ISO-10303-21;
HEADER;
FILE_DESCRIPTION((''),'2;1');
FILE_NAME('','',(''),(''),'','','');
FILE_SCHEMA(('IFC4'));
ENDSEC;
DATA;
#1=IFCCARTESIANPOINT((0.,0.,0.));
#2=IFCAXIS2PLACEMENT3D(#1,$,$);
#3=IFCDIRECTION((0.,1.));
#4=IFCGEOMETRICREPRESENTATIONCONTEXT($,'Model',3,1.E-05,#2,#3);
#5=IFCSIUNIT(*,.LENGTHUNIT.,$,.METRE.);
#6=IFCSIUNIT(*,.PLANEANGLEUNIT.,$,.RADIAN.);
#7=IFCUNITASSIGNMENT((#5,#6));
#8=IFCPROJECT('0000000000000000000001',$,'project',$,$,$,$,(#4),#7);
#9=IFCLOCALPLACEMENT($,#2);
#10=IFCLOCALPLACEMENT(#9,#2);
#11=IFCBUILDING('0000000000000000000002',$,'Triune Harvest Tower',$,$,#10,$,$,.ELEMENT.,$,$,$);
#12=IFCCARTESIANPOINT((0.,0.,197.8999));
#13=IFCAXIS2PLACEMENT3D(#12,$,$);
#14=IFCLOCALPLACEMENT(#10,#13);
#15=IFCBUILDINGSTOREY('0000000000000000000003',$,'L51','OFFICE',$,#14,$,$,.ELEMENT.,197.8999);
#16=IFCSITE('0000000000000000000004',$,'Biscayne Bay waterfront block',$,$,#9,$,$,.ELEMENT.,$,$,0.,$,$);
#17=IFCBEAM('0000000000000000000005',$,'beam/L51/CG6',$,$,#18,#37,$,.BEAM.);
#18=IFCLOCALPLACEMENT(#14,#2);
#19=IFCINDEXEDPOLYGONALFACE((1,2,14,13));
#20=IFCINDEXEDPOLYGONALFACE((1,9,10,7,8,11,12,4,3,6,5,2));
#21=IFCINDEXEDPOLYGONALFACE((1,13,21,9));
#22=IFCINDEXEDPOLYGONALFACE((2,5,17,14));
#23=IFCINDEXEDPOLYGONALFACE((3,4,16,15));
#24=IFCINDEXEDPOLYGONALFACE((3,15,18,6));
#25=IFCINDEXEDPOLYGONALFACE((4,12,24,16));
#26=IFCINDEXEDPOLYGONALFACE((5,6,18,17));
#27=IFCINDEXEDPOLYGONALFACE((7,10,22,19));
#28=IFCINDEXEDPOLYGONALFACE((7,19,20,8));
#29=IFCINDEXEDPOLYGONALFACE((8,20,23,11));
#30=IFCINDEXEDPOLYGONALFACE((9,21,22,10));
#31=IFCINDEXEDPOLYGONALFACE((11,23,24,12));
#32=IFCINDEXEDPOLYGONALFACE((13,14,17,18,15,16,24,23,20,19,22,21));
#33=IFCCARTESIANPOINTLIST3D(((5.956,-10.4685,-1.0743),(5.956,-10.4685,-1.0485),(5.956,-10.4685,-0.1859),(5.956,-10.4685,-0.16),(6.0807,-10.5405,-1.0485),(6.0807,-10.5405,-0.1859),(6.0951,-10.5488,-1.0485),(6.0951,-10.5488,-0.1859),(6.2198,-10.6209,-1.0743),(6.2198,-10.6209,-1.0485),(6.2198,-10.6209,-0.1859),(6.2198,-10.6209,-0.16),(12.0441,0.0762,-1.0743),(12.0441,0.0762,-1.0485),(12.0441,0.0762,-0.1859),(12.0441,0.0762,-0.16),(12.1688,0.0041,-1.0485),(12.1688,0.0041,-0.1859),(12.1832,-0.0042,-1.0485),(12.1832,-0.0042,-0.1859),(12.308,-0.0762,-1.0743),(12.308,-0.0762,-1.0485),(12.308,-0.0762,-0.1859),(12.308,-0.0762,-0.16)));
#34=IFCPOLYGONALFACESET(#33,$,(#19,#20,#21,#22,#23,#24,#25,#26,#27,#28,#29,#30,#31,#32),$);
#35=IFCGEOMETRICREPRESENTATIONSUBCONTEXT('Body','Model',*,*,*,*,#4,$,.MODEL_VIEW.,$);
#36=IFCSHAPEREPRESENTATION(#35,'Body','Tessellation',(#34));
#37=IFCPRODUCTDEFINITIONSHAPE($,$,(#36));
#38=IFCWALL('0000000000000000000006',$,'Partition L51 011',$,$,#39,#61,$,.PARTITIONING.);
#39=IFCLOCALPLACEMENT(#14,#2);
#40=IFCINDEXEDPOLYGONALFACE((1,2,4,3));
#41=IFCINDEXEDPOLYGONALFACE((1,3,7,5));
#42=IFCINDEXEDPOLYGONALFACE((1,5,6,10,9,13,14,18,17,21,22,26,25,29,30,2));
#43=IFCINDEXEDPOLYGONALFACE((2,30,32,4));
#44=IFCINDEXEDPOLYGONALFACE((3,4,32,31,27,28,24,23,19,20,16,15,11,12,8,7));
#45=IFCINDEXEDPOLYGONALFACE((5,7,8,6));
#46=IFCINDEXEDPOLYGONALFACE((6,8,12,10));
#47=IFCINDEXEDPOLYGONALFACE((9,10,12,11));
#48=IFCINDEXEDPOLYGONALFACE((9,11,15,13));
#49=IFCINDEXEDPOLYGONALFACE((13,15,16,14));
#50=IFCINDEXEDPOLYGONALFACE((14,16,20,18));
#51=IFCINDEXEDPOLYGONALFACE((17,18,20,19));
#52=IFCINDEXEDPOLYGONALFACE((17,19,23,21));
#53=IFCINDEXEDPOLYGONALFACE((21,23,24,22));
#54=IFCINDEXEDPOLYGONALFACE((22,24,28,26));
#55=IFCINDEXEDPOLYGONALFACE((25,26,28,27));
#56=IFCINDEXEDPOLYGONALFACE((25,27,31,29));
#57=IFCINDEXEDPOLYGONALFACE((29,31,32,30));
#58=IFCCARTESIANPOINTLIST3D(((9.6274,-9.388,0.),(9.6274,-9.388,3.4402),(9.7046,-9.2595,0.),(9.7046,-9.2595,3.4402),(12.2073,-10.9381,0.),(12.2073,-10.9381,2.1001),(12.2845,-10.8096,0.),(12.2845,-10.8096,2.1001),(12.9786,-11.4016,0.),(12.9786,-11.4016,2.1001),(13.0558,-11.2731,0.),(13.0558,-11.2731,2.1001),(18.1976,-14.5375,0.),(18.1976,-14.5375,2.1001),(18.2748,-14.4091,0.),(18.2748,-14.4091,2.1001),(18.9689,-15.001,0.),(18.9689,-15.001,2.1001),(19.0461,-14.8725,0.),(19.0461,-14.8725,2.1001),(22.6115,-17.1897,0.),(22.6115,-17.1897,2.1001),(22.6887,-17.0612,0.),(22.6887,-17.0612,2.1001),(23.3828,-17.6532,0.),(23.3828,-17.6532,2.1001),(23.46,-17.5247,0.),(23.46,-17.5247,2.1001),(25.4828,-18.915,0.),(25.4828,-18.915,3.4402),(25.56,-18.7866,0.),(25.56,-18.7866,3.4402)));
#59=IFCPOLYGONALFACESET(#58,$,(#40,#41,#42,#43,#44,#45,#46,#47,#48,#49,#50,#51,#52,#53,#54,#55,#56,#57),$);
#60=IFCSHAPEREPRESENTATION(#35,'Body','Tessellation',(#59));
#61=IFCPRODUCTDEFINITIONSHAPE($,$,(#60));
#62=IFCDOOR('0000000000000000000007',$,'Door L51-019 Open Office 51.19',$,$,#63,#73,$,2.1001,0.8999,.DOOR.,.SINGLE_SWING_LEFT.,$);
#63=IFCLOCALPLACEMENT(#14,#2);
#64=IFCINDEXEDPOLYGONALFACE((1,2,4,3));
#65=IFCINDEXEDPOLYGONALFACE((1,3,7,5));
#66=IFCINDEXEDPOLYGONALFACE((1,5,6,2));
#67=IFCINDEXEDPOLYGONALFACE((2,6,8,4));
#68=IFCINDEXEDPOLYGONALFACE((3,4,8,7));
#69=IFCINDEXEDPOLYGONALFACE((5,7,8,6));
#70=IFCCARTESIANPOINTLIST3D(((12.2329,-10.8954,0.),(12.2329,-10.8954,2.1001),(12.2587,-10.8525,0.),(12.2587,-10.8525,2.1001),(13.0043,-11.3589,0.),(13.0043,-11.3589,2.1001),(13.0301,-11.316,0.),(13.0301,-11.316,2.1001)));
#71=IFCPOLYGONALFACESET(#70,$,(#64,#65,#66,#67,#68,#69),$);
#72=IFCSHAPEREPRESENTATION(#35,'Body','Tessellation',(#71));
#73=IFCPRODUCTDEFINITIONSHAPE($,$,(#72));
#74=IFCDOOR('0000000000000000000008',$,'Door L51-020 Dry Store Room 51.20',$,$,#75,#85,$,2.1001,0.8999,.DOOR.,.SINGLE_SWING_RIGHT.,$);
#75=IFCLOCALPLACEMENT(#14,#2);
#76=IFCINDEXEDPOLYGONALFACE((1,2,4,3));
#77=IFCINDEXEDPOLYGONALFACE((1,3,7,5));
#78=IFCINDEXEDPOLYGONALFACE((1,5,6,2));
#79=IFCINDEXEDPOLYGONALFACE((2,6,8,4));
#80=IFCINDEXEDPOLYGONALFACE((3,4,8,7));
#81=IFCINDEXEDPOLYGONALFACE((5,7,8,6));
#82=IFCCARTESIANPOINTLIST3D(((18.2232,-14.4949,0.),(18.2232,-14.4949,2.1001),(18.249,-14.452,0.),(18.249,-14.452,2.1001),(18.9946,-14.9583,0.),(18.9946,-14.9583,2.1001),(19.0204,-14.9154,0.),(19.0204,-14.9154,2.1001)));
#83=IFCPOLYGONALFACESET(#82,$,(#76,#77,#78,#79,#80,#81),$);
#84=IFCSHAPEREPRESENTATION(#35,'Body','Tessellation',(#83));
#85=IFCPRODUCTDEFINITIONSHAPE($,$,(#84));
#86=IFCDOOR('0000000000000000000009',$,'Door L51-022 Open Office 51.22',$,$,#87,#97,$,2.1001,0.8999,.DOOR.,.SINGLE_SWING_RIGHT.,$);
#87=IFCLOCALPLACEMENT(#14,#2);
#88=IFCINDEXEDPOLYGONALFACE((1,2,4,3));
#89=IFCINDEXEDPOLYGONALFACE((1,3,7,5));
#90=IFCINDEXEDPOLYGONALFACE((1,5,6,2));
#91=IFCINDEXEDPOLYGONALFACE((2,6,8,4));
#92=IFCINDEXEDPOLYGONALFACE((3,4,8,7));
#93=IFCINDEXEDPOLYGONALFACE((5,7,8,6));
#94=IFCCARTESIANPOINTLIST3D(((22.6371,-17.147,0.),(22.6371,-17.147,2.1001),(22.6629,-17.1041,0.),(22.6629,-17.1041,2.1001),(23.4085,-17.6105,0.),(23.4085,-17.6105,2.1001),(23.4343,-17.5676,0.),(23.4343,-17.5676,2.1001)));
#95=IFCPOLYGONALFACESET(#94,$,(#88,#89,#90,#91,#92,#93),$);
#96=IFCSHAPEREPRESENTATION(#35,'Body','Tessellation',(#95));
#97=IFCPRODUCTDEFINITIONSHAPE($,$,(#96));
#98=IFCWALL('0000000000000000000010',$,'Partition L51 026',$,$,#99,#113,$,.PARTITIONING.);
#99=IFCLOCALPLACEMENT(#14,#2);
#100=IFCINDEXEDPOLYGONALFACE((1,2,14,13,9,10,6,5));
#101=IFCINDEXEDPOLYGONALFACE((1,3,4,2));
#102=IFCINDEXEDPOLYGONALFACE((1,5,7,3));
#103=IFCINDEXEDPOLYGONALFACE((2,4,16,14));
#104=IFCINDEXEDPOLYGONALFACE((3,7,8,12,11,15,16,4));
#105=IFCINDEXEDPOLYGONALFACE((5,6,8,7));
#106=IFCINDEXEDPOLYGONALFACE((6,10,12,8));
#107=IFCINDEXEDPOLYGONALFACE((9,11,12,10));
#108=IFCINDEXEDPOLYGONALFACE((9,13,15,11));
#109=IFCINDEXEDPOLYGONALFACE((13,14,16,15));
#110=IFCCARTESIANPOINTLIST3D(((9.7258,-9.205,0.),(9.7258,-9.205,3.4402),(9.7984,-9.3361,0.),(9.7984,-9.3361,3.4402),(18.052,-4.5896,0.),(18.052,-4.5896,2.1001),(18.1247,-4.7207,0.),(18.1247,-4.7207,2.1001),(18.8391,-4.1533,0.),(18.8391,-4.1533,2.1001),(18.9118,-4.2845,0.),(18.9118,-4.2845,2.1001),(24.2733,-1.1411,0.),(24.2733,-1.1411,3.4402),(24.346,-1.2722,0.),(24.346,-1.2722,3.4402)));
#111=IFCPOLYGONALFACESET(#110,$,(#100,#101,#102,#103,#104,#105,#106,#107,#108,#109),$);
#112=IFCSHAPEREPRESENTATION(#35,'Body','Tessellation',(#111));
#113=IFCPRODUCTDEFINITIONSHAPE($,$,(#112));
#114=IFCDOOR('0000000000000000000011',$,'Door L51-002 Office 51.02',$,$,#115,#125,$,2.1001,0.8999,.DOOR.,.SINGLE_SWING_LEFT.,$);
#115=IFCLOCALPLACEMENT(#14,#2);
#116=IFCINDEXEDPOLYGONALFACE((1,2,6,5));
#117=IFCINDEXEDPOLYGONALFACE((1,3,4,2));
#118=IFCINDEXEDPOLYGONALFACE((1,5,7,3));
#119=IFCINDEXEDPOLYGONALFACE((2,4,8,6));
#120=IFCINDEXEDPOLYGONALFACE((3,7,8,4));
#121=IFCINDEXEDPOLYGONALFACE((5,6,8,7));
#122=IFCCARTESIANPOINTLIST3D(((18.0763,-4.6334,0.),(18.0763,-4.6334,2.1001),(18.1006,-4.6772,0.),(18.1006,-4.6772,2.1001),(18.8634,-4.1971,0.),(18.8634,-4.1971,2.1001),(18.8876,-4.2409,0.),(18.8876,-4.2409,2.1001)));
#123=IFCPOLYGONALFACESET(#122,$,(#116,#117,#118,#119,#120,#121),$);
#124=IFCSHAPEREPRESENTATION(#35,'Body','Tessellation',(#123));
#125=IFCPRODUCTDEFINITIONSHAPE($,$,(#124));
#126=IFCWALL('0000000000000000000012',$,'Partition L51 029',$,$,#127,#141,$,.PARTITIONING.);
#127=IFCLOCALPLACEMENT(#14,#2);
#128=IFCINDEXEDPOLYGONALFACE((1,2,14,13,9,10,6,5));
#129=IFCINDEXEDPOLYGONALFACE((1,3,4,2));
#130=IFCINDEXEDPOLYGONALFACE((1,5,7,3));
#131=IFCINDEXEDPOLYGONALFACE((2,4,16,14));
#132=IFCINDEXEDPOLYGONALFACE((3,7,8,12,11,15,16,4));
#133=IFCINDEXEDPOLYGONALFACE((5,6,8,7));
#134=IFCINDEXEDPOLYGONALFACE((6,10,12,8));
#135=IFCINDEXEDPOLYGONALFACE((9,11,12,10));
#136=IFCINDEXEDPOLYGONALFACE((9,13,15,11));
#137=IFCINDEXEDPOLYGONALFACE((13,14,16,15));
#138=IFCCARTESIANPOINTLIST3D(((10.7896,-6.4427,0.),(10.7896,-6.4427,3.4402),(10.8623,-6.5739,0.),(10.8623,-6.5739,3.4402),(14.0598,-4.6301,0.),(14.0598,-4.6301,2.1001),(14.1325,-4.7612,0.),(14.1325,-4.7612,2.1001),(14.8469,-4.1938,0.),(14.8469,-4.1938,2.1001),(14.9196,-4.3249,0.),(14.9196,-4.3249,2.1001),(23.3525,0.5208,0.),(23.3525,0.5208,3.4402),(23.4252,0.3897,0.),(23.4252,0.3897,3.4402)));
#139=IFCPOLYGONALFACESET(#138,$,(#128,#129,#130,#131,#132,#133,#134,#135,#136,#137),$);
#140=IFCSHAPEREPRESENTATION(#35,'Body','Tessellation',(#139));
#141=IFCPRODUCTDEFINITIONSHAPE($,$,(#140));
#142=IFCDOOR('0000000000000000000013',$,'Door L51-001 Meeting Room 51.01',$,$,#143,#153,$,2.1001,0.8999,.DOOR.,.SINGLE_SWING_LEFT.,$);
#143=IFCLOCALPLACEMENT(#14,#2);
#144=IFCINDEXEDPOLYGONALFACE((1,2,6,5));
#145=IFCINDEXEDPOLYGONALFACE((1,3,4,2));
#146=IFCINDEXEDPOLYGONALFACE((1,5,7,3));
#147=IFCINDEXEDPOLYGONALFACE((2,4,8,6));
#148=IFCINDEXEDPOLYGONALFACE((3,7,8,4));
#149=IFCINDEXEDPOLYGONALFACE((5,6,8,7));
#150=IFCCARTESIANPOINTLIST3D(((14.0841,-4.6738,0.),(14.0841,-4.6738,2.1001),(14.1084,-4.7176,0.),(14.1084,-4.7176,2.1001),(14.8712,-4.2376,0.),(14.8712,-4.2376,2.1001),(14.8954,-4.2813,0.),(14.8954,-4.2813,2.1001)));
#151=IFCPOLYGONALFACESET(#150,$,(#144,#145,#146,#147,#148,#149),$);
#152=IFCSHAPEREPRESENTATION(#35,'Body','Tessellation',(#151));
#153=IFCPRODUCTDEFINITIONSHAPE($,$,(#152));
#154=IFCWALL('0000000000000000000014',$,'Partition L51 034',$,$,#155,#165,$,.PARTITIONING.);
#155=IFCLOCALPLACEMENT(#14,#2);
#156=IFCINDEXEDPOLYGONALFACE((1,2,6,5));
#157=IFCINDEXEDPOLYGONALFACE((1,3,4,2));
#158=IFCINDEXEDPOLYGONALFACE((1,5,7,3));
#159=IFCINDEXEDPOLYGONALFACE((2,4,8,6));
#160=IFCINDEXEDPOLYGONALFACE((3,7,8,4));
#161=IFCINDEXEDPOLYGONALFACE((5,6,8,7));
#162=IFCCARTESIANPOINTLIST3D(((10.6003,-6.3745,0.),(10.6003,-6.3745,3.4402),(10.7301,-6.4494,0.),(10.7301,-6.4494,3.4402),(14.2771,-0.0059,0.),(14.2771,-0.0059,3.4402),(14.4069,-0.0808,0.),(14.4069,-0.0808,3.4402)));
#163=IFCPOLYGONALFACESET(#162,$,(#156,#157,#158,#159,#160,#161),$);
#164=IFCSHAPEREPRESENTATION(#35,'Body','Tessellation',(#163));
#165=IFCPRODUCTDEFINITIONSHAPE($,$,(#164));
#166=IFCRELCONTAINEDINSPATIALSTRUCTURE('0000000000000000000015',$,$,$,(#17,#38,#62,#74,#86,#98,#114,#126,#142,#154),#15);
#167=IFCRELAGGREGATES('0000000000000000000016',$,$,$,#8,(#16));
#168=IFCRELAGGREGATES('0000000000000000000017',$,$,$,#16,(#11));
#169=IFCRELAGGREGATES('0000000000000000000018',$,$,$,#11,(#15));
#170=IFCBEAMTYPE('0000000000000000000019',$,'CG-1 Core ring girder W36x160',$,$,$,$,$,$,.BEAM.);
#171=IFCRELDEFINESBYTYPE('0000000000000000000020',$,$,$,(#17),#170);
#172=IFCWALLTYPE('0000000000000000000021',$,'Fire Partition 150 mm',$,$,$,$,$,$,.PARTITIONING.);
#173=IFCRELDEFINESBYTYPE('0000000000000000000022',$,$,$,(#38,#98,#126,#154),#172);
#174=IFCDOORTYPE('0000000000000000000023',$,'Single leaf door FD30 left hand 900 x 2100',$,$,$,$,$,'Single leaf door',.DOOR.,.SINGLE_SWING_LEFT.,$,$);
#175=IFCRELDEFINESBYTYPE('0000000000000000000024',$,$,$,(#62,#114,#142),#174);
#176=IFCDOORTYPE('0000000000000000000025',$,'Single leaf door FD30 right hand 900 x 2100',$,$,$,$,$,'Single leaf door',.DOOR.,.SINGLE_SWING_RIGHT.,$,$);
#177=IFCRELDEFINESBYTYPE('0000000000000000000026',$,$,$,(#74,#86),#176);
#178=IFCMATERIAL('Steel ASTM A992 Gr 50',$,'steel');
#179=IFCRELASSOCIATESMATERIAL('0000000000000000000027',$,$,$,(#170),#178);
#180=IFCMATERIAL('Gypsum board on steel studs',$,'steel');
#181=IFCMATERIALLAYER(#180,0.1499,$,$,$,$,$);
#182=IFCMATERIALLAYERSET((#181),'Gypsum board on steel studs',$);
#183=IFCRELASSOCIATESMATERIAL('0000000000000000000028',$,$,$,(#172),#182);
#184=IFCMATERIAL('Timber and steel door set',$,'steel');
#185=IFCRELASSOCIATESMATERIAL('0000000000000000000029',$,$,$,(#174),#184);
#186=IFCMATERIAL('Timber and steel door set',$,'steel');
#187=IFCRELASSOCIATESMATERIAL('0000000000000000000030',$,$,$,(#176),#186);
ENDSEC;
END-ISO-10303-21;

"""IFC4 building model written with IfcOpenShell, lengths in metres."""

from ifc_helpers import new_model, si_unit, direction, frame, frame_2d, origin, origin_2d, place, context, subcontext, project, spatial, rectangle, i_section, extrude, source, transform, mapped, material, layer, layer_set, material_profile, profile_set, type_object, element, fill, save


model = new_model("IFC4")

# Units and contexts
model_context = context("Model", 3, precision=1e-05, world=origin(), true_north=direction((0.0, 1.0)))
body_context = subcontext(model_context, "Body", "Model", "MODEL_VIEW")
ifc_project = project(units=[si_unit("LENGTHUNIT", "METRE"), si_unit("PLANEANGLEUNIT", "RADIAN")], contexts=[model_context])

# Site, building, storey
site_placement = place(None, origin())
site = spatial("IfcSite", under=ifc_project, at=site_placement, Name="Biscayne Bay waterfront block", CompositionType="ELEMENT", RefElevation=0.0)
building_placement = place(site_placement, origin())
building = spatial("IfcBuilding", under=site, at=building_placement, Name="Triune Harvest Tower", CompositionType="ELEMENT")
storey_placement = place(building_placement, frame((0.0, 0.0, 197.8999)))
storey = spatial("IfcBuildingStorey", under=building, at=storey_placement, Name="L51", Description="OFFICE", CompositionType="ELEMENT", Elevation=197.8999)

# Beam
ifc_material_1 = material(Name="Steel ASTM A992 Gr 50", Category="steel")
ifc_material_profile = material_profile(ifc_material_1, i_section(OverallWidth=0.3047, OverallDepth=0.9143, WebThickness=0.0166, FlangeThickness=0.0259, at=origin_2d()), Name="W36x160")
ifc_profile_set = profile_set([ifc_material_profile], Name="Steel ASTM A992 Gr 50")
beam_type = type_object("IfcBeamType", Name="CG-1 Core ring girder W36x160", PredefinedType="BEAM", material=ifc_profile_set)
shared_shape_1 = source(origin(), body_context, "Body", "SweptSolid", [
    extrude(i_section(OverallWidth=0.3047, OverallDepth=0.9143, WebThickness=0.0166, FlangeThickness=0.0259, at=origin_2d()), origin(), (0.0, 0.0, 1.0), 12.176),
])
beam_placement = place(storey_placement, frame((6.0879, -10.5447, -0.6172), z_axis=(0.50001, 0.86602, 0.0), x_axis=(-0.86602, 0.50001, 0.0)))
element("IfcBeam", 1, at=beam_placement, inside=storey, type_object=beam_type, Name="beam/L51/CG6", PredefinedType="BEAM", context=body_context, shape_type="MappedRepresentation", body=[
    mapped(shared_shape_1, transform((0.0, 0.0, 0.0), scale=1.0)),
])

# Wall, openings, doors
ifc_material_2 = material(Name="Gypsum board on steel studs", Category="steel")
ifc_layer_1 = layer(ifc_material_2, 0.1499)
ifc_layer_set_1 = layer_set([ifc_layer_1], Name="Gypsum board on steel studs")
wall_type_1 = type_object("IfcWallType", Name="Fire Partition 150 mm", PredefinedType="PARTITIONING", material=ifc_layer_set_1)
wall_1_placement = place(storey_placement, frame((9.666, -9.3237, 0.0), z_axis=(0.0, 0.0, 1.0), x_axis=(0.857163, -0.515045, 0.0)))
wall_1 = element("IfcWall", 2, at=wall_1_placement, inside=storey, type_object=wall_type_1, Name="Partition L51 011", PredefinedType="PARTITIONING", context=body_context, shape_type="SweptSolid", body=[
    extrude(rectangle(XDim=18.4976, YDim=0.1499, at=frame_2d((9.2488, 0.0))), origin(), (0.0, 0.0, 1.0), 3.4402),
])
opening_1_placement = place(wall_1_placement, frame((3.0098, 0.0, 0.0)))
opening_1 = element("IfcOpeningElement", 3, at=opening_1_placement, cuts=wall_1, PredefinedType="OPENING", context=body_context, shape_type="SweptSolid", body=[
    extrude(rectangle(XDim=0.8999, YDim=2.1001, at=frame_2d((0.45, 1.05))), frame((0.0, 0.085, 0.0), z_axis=(0.0, -1.0, 0.0), x_axis=(1.0, 0.0, 0.0)), (0.0, 0.0, 1.0), 0.1699),
])
opening_2_placement = place(wall_1_placement, frame((9.9983, 0.0, 0.0)))
opening_2 = element("IfcOpeningElement", 4, at=opening_2_placement, cuts=wall_1, PredefinedType="OPENING", context=body_context, shape_type="SweptSolid", body=[
    extrude(rectangle(XDim=0.8999, YDim=2.1001, at=frame_2d((0.45, 1.05))), frame((0.0, 0.085, 0.0), z_axis=(0.0, -1.0, 0.0), x_axis=(1.0, 0.0, 0.0)), (0.0, 0.0, 1.0), 0.1699),
])
opening_3_placement = place(wall_1_placement, frame((15.1477, 0.0, 0.0)))
opening_3 = element("IfcOpeningElement", 5, at=opening_3_placement, cuts=wall_1, PredefinedType="OPENING", context=body_context, shape_type="SweptSolid", body=[
    extrude(rectangle(XDim=0.8999, YDim=2.1001, at=frame_2d((0.45, 1.05))), frame((0.0, 0.085, 0.0), z_axis=(0.0, -1.0, 0.0), x_axis=(1.0, 0.0, 0.0)), (0.0, 0.0, 1.0), 0.1699),
])
ifc_material_3 = material(Name="Timber and steel door set", Category="steel")
door_type_1 = type_object("IfcDoorType", Name="Single leaf door FD30 left hand 900 x 2100", ElementType="Single leaf door", OperationType="SINGLE_SWING_LEFT", PredefinedType="DOOR", material=ifc_material_3)
door_1_placement = place(opening_1_placement, origin())
door_1 = element("IfcDoor", 6, at=door_1_placement, inside=storey, type_object=door_type_1, Name="Door L51-019 Open Office 51.19", OperationType="SINGLE_SWING_LEFT", OverallHeight=2.1001, OverallWidth=0.8999, PredefinedType="DOOR", context=body_context, shape_type="SweptSolid", body=[
    extrude(rectangle(XDim=0.8999, YDim=2.1001, at=frame_2d((0.45, 1.05))), frame((0.0, 0.0249, 0.0), z_axis=(0.0, -1.0, 0.0), x_axis=(1.0, 0.0, 0.0)), (0.0, 0.0, 1.0), 0.05),
])
fill(opening_1, door_1)
ifc_material_4 = material(Name="Timber and steel door set", Category="steel")
door_type_2 = type_object("IfcDoorType", Name="Single leaf door FD30 right hand 900 x 2100", ElementType="Single leaf door", OperationType="SINGLE_SWING_RIGHT", PredefinedType="DOOR", material=ifc_material_4)
door_2_placement = place(opening_2_placement, origin())
door_2 = element("IfcDoor", 7, at=door_2_placement, inside=storey, type_object=door_type_2, Name="Door L51-020 Dry Store Room 51.20", OperationType="SINGLE_SWING_RIGHT", OverallHeight=2.1001, OverallWidth=0.8999, PredefinedType="DOOR", context=body_context, shape_type="SweptSolid", body=[
    extrude(rectangle(XDim=0.8999, YDim=2.1001, at=frame_2d((0.45, 1.05))), frame((0.0, 0.0249, 0.0), z_axis=(0.0, -1.0, 0.0), x_axis=(1.0, 0.0, 0.0)), (0.0, 0.0, 1.0), 0.05),
])
fill(opening_2, door_2)
door_3_placement = place(opening_3_placement, origin())
door_3 = element("IfcDoor", 8, at=door_3_placement, inside=storey, type_object=door_type_2, Name="Door L51-022 Open Office 51.22", OperationType="SINGLE_SWING_RIGHT", OverallHeight=2.1001, OverallWidth=0.8999, PredefinedType="DOOR", context=body_context, shape_type="SweptSolid", body=[
    extrude(rectangle(XDim=0.8999, YDim=2.1001, at=frame_2d((0.45, 1.05))), frame((0.0, 0.0249, 0.0), z_axis=(0.0, -1.0, 0.0), x_axis=(1.0, 0.0, 0.0)), (0.0, 0.0, 1.0), 0.05),
])
fill(opening_3, door_3)

# Walls, openings, doors
wall_2_placement = place(storey_placement, frame((9.7622, -9.2705, 0.0), z_axis=(0.0, 0.0, 1.0), x_axis=(0.874617, 0.484814, 0.0)))
wall_2 = element("IfcWall", 9, at=wall_2_placement, inside=storey, type_object=wall_type_1, Name="Partition L51 026", PredefinedType="PARTITIONING", context=body_context, shape_type="SweptSolid", body=[
    extrude(rectangle(XDim=16.6331, YDim=0.1499, at=frame_2d((8.3164, 0.0))), origin(), (0.0, 0.0, 1.0), 3.4402),
])
opening_4_placement = place(wall_2_placement, frame((9.5198, 0.0, 0.0)))
opening_4 = element("IfcOpeningElement", 10, at=opening_4_placement, cuts=wall_2, PredefinedType="OPENING", context=body_context, shape_type="SweptSolid", body=[
    extrude(rectangle(XDim=0.8999, YDim=2.1001, at=frame_2d((0.45, 1.05))), frame((0.0, 0.085, 0.0), z_axis=(0.0, -1.0, 0.0), x_axis=(1.0, 0.0, 0.0)), (0.0, 0.0, 1.0), 0.1699),
])
door_4_placement = place(opening_4_placement, origin())
door_4 = element("IfcDoor", 11, at=door_4_placement, inside=storey, type_object=door_type_1, Name="Door L51-002 Office 51.02", OperationType="SINGLE_SWING_LEFT", OverallHeight=2.1001, OverallWidth=0.8999, PredefinedType="DOOR", context=body_context, shape_type="SweptSolid", body=[
    extrude(rectangle(XDim=0.8999, YDim=2.1001, at=frame_2d((0.45, 1.05))), frame((0.0, 0.0249, 0.0), z_axis=(0.0, -1.0, 0.0), x_axis=(1.0, 0.0, 0.0)), (0.0, 0.0, 1.0), 0.05),
])
fill(opening_4, door_4)
wall_3_placement = place(storey_placement, frame((10.8259, -6.5083, 0.0), z_axis=(0.0, 0.0, 1.0), x_axis=(0.874624, 0.484801, 0.0)))
wall_3 = element("IfcWall", 12, at=wall_3_placement, inside=storey, type_object=wall_type_1, Name="Partition L51 029", PredefinedType="PARTITIONING", context=body_context, shape_type="SweptSolid", body=[
    extrude(rectangle(XDim=14.3638, YDim=0.1499, at=frame_2d((7.1819, 0.0))), origin(), (0.0, 0.0, 1.0), 3.4402),
])
opening_5_placement = place(wall_3_placement, frame((3.739, 0.0, 0.0)))
opening_5 = element("IfcOpeningElement", 13, at=opening_5_placement, cuts=wall_3, PredefinedType="OPENING", context=body_context, shape_type="SweptSolid", body=[
    extrude(rectangle(XDim=0.8999, YDim=2.1001, at=frame_2d((0.45, 1.05))), frame((0.0, 0.085, 0.0), z_axis=(0.0, -1.0, 0.0), x_axis=(1.0, 0.0, 0.0)), (0.0, 0.0, 1.0), 0.1699),
])
door_5_placement = place(opening_5_placement, origin())
door_5 = element("IfcDoor", 14, at=door_5_placement, inside=storey, type_object=door_type_1, Name="Door L51-001 Meeting Room 51.01", OperationType="SINGLE_SWING_LEFT", OverallHeight=2.1001, OverallWidth=0.8999, PredefinedType="DOOR", context=body_context, shape_type="SweptSolid", body=[
    extrude(rectangle(XDim=0.8999, YDim=2.1001, at=frame_2d((0.45, 1.05))), frame((0.0, 0.0249, 0.0), z_axis=(0.0, -1.0, 0.0), x_axis=(1.0, 0.0, 0.0)), (0.0, 0.0, 1.0), 0.05),
])
fill(opening_5, door_5)

# Wall
wall_4_placement = place(storey_placement, frame((10.6653, -6.4119, 0.0), z_axis=(0.0, 0.0, 1.0), x_axis=(0.499981, 0.866036, 0.0)))
element("IfcWall", 15, at=wall_4_placement, inside=storey, type_object=wall_type_1, Name="Partition L51 034", PredefinedType="PARTITIONING", context=body_context, shape_type="SweptSolid", body=[
    extrude(rectangle(XDim=7.3538, YDim=0.1499, at=frame_2d((3.6768, 0.0))), origin(), (0.0, 0.0, 1.0), 3.4402),
])

save(model, "model.ifc")
